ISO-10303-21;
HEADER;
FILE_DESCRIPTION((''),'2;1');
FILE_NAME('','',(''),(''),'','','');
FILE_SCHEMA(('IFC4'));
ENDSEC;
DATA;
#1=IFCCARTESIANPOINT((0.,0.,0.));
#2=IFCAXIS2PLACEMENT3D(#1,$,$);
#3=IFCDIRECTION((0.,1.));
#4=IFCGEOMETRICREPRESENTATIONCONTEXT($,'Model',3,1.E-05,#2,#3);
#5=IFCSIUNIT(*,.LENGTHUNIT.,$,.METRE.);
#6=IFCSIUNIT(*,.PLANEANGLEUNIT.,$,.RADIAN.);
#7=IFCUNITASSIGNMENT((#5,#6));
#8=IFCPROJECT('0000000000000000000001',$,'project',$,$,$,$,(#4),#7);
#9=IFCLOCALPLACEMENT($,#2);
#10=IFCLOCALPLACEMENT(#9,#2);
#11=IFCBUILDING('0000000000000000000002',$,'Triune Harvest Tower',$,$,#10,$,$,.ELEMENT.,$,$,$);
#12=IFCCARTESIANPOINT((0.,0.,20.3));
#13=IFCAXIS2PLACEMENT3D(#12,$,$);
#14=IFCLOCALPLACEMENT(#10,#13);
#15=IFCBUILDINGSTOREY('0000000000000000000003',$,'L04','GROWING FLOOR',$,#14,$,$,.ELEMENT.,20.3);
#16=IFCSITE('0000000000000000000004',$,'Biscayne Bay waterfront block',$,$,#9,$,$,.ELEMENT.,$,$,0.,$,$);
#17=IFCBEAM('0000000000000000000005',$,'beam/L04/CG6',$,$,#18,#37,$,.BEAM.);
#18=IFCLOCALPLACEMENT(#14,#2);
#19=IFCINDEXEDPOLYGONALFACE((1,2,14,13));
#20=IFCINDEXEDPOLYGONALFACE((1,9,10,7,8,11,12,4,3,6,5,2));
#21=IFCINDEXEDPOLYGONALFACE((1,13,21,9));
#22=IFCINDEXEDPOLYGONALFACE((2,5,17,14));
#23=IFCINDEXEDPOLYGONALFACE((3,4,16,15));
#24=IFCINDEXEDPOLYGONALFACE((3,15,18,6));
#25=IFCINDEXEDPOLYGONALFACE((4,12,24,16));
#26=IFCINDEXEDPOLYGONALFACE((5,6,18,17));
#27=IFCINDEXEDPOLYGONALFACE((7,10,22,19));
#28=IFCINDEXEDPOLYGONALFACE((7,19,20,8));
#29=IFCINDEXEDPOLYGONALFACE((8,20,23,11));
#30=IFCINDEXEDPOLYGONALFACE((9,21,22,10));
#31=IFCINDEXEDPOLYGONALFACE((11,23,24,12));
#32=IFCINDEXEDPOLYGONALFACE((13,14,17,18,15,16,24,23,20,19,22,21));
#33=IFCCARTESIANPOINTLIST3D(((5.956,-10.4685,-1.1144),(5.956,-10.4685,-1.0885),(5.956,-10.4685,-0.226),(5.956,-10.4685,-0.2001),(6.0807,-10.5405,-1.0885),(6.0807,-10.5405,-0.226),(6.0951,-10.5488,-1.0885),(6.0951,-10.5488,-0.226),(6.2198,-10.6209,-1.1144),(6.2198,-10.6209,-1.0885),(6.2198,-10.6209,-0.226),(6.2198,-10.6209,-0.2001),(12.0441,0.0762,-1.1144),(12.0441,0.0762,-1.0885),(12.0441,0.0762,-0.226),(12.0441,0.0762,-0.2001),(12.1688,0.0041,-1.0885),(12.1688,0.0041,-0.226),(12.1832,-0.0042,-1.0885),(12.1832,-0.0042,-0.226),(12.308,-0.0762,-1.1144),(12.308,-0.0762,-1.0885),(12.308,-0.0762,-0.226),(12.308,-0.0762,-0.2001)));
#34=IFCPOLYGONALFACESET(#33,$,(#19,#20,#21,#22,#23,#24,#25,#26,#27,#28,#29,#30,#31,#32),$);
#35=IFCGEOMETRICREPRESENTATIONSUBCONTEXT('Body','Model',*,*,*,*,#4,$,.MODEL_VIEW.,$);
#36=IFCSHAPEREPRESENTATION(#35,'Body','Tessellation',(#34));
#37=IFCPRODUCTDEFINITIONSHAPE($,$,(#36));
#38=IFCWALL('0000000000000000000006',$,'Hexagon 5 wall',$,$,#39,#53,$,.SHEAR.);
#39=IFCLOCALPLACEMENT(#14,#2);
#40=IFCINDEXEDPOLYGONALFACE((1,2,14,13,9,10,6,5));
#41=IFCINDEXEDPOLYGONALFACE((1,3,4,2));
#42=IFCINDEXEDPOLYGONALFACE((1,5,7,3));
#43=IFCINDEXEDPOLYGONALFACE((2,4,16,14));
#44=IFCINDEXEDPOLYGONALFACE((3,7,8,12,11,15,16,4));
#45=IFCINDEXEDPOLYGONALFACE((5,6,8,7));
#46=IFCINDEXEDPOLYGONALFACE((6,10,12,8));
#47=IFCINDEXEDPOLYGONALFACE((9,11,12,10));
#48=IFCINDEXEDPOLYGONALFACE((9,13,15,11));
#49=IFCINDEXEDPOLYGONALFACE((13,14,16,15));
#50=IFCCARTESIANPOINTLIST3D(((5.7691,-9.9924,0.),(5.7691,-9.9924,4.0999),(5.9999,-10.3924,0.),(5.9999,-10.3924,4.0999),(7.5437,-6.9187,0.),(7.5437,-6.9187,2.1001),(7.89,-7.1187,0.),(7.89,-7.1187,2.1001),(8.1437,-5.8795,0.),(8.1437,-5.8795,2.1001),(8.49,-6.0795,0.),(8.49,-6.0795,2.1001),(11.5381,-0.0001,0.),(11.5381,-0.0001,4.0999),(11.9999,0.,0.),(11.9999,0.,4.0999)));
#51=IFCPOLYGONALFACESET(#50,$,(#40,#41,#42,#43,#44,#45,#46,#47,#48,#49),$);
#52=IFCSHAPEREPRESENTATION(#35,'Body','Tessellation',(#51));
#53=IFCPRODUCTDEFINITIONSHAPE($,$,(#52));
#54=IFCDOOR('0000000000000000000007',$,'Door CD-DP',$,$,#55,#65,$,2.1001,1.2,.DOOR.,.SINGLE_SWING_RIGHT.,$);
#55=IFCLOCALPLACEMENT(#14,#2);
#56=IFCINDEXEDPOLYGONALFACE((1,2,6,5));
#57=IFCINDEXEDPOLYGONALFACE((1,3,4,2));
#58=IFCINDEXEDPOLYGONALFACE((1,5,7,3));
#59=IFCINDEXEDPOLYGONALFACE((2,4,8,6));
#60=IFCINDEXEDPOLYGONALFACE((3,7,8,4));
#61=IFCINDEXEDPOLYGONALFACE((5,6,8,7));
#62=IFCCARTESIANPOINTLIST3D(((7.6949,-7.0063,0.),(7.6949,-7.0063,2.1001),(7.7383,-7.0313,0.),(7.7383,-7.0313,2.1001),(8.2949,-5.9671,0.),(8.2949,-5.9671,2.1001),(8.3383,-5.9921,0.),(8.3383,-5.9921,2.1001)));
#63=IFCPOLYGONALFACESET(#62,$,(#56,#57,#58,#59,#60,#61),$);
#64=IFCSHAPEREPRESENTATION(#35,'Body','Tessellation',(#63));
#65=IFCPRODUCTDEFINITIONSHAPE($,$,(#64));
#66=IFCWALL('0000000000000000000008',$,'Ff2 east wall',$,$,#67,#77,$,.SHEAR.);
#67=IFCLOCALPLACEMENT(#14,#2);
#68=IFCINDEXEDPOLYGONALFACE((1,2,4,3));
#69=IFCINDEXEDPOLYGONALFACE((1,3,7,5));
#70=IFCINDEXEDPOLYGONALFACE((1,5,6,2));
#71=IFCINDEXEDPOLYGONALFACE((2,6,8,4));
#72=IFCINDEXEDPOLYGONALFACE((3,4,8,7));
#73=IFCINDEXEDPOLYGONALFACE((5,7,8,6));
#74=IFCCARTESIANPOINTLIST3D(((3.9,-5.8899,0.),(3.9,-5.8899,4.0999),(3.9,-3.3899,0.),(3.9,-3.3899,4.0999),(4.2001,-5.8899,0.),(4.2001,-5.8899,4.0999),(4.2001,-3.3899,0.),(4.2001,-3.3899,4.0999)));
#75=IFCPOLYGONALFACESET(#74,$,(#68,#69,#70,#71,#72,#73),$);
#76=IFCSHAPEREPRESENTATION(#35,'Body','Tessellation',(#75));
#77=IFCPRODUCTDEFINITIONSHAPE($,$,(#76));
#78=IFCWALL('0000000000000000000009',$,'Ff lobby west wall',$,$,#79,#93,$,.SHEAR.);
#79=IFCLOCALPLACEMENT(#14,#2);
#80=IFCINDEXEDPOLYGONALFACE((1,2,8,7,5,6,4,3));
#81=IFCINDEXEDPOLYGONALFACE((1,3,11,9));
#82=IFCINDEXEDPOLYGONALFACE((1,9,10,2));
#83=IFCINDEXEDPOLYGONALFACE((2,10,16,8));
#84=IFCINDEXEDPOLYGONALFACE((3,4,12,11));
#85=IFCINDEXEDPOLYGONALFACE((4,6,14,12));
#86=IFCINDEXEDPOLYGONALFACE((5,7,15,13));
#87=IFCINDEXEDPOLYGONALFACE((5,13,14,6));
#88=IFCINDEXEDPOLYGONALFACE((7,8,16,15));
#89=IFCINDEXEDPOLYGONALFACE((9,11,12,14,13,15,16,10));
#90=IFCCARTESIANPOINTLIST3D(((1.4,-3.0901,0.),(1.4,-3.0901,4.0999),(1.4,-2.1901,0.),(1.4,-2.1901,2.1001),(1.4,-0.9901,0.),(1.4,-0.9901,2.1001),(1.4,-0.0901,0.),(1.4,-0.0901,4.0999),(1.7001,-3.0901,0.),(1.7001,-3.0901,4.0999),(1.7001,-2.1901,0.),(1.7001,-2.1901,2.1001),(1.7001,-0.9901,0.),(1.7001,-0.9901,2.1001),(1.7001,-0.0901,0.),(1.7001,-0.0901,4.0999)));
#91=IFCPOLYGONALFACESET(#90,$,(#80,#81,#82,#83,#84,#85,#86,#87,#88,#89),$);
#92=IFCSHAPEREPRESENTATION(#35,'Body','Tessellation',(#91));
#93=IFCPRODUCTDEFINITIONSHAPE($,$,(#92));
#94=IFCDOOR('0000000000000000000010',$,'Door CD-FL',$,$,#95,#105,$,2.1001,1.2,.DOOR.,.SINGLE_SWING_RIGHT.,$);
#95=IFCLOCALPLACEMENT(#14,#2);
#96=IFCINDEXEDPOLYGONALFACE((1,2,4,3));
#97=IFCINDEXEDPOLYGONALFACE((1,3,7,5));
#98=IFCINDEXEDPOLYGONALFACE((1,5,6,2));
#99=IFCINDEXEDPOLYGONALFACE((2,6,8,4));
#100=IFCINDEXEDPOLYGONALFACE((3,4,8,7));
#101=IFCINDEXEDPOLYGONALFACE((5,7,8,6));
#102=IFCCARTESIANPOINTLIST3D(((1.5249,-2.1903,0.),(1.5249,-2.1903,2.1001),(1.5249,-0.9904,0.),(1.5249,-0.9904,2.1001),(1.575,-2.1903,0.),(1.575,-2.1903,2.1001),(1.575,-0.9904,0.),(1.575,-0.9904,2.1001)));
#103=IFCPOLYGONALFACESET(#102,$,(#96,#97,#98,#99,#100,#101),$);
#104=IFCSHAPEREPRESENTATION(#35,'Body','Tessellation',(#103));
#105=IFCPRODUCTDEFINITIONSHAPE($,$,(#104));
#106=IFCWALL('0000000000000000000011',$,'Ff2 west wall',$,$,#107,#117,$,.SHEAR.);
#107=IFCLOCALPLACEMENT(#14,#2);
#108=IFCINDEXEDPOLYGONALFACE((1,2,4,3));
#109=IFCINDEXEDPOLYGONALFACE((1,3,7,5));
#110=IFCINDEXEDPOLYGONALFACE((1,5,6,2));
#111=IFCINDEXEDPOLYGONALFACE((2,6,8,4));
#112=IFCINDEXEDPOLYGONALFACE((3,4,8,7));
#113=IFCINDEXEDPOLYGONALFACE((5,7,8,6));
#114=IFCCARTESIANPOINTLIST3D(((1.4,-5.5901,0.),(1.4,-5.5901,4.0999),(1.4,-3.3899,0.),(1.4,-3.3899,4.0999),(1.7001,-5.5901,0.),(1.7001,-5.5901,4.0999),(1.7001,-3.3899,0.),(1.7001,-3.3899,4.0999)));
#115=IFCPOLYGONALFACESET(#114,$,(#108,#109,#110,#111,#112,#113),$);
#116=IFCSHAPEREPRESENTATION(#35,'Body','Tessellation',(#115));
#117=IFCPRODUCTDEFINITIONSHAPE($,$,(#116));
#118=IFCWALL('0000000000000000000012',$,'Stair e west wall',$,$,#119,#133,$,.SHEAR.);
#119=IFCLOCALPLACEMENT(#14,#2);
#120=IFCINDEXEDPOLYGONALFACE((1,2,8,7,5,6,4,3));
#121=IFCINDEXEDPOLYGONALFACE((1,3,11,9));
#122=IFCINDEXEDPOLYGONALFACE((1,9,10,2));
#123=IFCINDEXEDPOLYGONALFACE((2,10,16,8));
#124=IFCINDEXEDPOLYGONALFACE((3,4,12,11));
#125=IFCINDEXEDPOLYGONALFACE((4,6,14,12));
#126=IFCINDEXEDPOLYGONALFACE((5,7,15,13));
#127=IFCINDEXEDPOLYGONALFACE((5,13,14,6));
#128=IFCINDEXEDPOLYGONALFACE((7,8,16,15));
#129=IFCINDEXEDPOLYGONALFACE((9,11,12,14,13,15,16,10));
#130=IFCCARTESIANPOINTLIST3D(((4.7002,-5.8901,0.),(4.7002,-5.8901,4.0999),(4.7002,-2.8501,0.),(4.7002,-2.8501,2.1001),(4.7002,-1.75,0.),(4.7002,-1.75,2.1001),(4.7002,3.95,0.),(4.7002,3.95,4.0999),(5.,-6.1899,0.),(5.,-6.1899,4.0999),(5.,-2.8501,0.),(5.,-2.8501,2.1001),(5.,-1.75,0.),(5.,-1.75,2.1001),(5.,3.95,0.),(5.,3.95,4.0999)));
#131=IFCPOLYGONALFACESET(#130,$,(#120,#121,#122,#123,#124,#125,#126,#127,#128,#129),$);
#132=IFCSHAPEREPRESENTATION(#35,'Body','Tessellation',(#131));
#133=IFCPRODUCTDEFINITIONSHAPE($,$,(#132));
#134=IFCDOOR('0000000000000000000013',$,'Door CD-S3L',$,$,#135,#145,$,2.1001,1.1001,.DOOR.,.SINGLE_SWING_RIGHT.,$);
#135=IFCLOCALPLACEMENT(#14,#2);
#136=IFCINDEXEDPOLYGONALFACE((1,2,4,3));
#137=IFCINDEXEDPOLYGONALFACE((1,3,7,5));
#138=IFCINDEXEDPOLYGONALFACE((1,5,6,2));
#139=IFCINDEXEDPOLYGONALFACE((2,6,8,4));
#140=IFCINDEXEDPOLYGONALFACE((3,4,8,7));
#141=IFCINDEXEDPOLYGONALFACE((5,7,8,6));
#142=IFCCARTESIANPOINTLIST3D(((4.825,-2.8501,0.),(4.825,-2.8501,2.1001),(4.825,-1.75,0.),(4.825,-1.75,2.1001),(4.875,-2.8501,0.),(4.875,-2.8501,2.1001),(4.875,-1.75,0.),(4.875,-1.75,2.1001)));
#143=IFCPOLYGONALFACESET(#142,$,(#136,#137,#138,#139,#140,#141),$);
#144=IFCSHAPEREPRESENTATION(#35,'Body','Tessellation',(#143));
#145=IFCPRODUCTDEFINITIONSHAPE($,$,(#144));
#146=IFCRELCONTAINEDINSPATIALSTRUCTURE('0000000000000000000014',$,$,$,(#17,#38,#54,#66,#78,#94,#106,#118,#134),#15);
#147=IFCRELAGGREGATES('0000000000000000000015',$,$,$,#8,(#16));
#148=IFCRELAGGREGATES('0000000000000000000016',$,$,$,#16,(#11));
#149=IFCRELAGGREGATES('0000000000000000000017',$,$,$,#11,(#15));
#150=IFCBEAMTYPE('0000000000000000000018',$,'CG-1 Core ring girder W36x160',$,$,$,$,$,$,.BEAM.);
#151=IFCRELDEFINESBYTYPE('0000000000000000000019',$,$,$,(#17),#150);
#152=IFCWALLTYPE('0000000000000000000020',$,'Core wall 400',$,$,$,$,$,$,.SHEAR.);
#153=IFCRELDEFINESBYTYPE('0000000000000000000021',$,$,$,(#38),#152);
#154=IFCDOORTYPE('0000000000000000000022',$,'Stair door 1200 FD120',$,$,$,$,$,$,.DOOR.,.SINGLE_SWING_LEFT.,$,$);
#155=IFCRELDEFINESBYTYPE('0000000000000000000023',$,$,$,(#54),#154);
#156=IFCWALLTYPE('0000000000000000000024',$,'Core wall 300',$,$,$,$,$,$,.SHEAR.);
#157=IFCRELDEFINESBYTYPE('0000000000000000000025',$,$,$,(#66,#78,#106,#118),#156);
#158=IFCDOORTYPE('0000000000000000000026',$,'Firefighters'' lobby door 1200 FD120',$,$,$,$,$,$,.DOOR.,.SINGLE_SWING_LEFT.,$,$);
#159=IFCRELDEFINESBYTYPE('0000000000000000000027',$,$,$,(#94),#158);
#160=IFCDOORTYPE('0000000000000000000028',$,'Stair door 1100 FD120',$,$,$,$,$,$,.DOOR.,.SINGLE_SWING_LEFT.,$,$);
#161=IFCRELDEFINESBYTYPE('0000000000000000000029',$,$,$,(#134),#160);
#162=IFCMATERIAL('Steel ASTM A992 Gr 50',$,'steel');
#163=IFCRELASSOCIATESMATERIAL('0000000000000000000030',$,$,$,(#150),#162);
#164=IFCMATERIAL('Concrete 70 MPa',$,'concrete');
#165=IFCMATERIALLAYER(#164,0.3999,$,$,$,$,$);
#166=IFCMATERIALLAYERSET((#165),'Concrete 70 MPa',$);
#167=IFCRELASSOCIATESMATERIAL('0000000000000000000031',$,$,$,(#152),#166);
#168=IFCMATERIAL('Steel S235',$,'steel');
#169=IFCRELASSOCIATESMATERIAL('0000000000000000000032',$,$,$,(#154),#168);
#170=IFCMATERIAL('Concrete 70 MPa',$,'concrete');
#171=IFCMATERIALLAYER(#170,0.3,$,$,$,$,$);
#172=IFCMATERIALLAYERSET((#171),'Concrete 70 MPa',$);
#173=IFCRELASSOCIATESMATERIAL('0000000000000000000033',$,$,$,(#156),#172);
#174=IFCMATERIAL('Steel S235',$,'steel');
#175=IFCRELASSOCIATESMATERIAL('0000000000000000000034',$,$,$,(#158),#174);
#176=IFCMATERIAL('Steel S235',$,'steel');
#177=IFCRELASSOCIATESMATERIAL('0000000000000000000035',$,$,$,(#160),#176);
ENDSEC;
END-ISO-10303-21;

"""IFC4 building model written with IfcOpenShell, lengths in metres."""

from ifc_helpers import new_model, si_unit, direction, frame, frame_2d, origin, origin_2d, place, context, subcontext, project, spatial, polyline, rectangle, i_section, outline, extrude, source, transform, mapped, material, layer, layer_set, material_profile, profile_set, type_object, element, fill, save


model = new_model("IFC4")

# Units and contexts
model_context = context("Model", 3, precision=1e-05, world=origin(), true_north=direction((0.0, 1.0)))
body_context = subcontext(model_context, "Body", "Model", "MODEL_VIEW")
ifc_project = project(units=[si_unit("LENGTHUNIT", "METRE"), si_unit("PLANEANGLEUNIT", "RADIAN")], contexts=[model_context])

# Site, building, storey
site_placement = place(None, origin())
site = spatial("IfcSite", under=ifc_project, at=site_placement, Name="Biscayne Bay waterfront block", CompositionType="ELEMENT", RefElevation=0.0)
building_placement = place(site_placement, origin())
building = spatial("IfcBuilding", under=site, at=building_placement, Name="Triune Harvest Tower", CompositionType="ELEMENT")
storey_placement = place(building_placement, frame((0.0, 0.0, 20.3)))
storey = spatial("IfcBuildingStorey", under=building, at=storey_placement, Name="L04", Description="GROWING FLOOR", CompositionType="ELEMENT", Elevation=20.3)

# Beam
ifc_material_1 = material(Name="Steel ASTM A992 Gr 50", Category="steel")
ifc_material_profile = material_profile(ifc_material_1, i_section(OverallWidth=0.3047, OverallDepth=0.9143, WebThickness=0.0166, FlangeThickness=0.0259, at=origin_2d()), Name="W36x160")
ifc_profile_set = profile_set([ifc_material_profile], Name="Steel ASTM A992 Gr 50")
beam_type = type_object("IfcBeamType", Name="CG-1 Core ring girder W36x160", PredefinedType="BEAM", material=ifc_profile_set)
shared_shape_1 = source(origin(), body_context, "Body", "SweptSolid", [
    extrude(i_section(OverallWidth=0.3047, OverallDepth=0.9143, WebThickness=0.0166, FlangeThickness=0.0259, at=origin_2d()), origin(), (0.0, 0.0, 1.0), 12.176),
])
beam_placement = place(storey_placement, frame((6.0879, -10.5447, -0.6572), z_axis=(0.50001, 0.86602, 0.0), x_axis=(-0.86602, 0.50001, 0.0)))
element("IfcBeam", 1, at=beam_placement, inside=storey, type_object=beam_type, Name="beam/L04/CG6", PredefinedType="BEAM", context=body_context, shape_type="MappedRepresentation", body=[
    mapped(shared_shape_1, transform((0.0, 0.0, 0.0), scale=1.0)),
])

# Wall, opening, door
ifc_material_2 = material(Name="Concrete 70 MPa", Category="concrete")
ifc_layer_1 = layer(ifc_material_2, 0.3999)
ifc_layer_set_1 = layer_set([ifc_layer_1], Name="Concrete 70 MPa")
wall_type_1 = type_object("IfcWallType", Name="Core wall 400", PredefinedType="SHEAR", material=ifc_layer_set_1)
shared_shape_2 = source(origin(), body_context, "Body", "SweptSolid", [
    extrude(outline(polyline([(-0.1155, -0.2), (11.8845, -0.2), (11.6536, 0.2), (0.1155, 0.2), (-0.1155, -0.2)])), origin(), (0.0, 0.0, 1.0), 4.0999),
])
wall_1_placement = place(storey_placement, frame((5.8845, -10.1924, 0.0), z_axis=(0.0, 0.0, 1.0), x_axis=(0.499997, 0.866027, 0.0)))
wall_1 = element("IfcWall", 2, at=wall_1_placement, inside=storey, type_object=wall_type_1, Name="Hexagon 5 wall", PredefinedType="SHEAR", context=body_context, shape_type="MappedRepresentation", body=[
    mapped(shared_shape_2, transform((0.0, 0.0, 0.0), scale=1.0)),
])
opening_1_placement = place(wall_1_placement, frame((3.6646, 0.0, 0.0)))
opening_1 = element("IfcOpeningElement", 3, at=opening_1_placement, cuts=wall_1, PredefinedType="OPENING", context=body_context, shape_type="SweptSolid", body=[
    extrude(rectangle(XDim=1.2, YDim=2.1001, at=frame_2d((0.6001, 1.05))), frame((0.0, 0.21, 0.0), z_axis=(0.0, -1.0, 0.0), x_axis=(1.0, 0.0, 0.0)), (0.0, 0.0, 1.0), 0.4199),
])
ifc_material_3 = material(Name="Steel S235", Category="steel")
door_type_1 = type_object("IfcDoorType", Name="Stair door 1200 FD120", OperationType="SINGLE_SWING_LEFT", PredefinedType="DOOR", material=ifc_material_3)
door_1_placement = place(opening_1_placement, frame((1.2, 0.0, 0.0), z_axis=(0.0, 0.0, 1.0), x_axis=(-1.0, 0.0, 0.0)))
door_1 = element("IfcDoor", 4, at=door_1_placement, inside=storey, type_object=door_type_1, Name="Door CD-DP", OperationType="SINGLE_SWING_RIGHT", OverallHeight=2.1001, OverallWidth=1.2, PredefinedType="DOOR", context=body_context, shape_type="SweptSolid", body=[
    extrude(rectangle(XDim=1.2, YDim=2.1001, at=frame_2d((0.6001, 1.05))), frame((0.0, 0.0249, 0.0), z_axis=(0.0, -1.0, 0.0), x_axis=(1.0, 0.0, 0.0)), (0.0, 0.0, 1.0), 0.05),
])
fill(opening_1, door_1)

# Wall
ifc_material_4 = material(Name="Concrete 70 MPa", Category="concrete")
ifc_layer_2 = layer(ifc_material_4, 0.3)
ifc_layer_set_2 = layer_set([ifc_layer_2], Name="Concrete 70 MPa")
wall_type_2 = type_object("IfcWallType", Name="Core wall 300", PredefinedType="SHEAR", material=ifc_layer_set_2)
shared_shape_3 = source(origin(), body_context, "Body", "SweptSolid", [
    extrude(rectangle(XDim=2.5, YDim=0.3, at=frame_2d((1.25, 0.0))), origin(), (0.0, 0.0, 1.0), 4.0999),
])
wall_2_placement = place(storey_placement, frame((4.05, -5.8899, 0.0), z_axis=(0.0, 0.0, 1.0), x_axis=(0.0, 1.0, 0.0)))
element("IfcWall", 5, at=wall_2_placement, inside=storey, type_object=wall_type_2, Name="Ff2 east wall", PredefinedType="SHEAR", context=body_context, shape_type="MappedRepresentation", body=[
    mapped(shared_shape_3, transform((0.0, 0.0, 0.0), scale=1.0)),
])

# Wall, opening, door
shared_shape_4 = source(origin(), body_context, "Body", "SweptSolid", [
    extrude(rectangle(XDim=3.0, YDim=0.3, at=frame_2d((1.5, 0.0))), origin(), (0.0, 0.0, 1.0), 4.0999),
])
wall_3_placement = place(storey_placement, frame((1.55, -3.0901, 0.0), z_axis=(0.0, 0.0, 1.0), x_axis=(0.0, 1.0, 0.0)))
wall_3 = element("IfcWall", 6, at=wall_3_placement, inside=storey, type_object=wall_type_2, Name="Ff lobby west wall", PredefinedType="SHEAR", context=body_context, shape_type="MappedRepresentation", body=[
    mapped(shared_shape_4, transform((0.0, 0.0, 0.0), scale=1.0)),
])
opening_2_placement = place(wall_3_placement, frame((0.8999, 0.0, 0.0)))
opening_2 = element("IfcOpeningElement", 7, at=opening_2_placement, cuts=wall_3, PredefinedType="OPENING", context=body_context, shape_type="SweptSolid", body=[
    extrude(rectangle(XDim=1.2, YDim=2.1001, at=frame_2d((0.6001, 1.05))), frame((0.0, 0.1602, 0.0), z_axis=(0.0, -1.0, 0.0), x_axis=(1.0, 0.0, 0.0)), (0.0, 0.0, 1.0), 0.3201),
])
ifc_material_5 = material(Name="Steel S235", Category="steel")
door_type_2 = type_object("IfcDoorType", Name="Firefighters' lobby door 1200 FD120", OperationType="SINGLE_SWING_LEFT", PredefinedType="DOOR", material=ifc_material_5)
door_2_placement = place(opening_2_placement, frame((1.2, 0.0, 0.0), z_axis=(0.0, 0.0, 1.0), x_axis=(-1.0, 0.0, 0.0)))
door_2 = element("IfcDoor", 8, at=door_2_placement, inside=storey, type_object=door_type_2, Name="Door CD-FL", OperationType="SINGLE_SWING_RIGHT", OverallHeight=2.1001, OverallWidth=1.2, PredefinedType="DOOR", context=body_context, shape_type="SweptSolid", body=[
    extrude(rectangle(XDim=1.2, YDim=2.1001, at=frame_2d((0.6001, 1.05))), frame((0.0, 0.0249, 0.0), z_axis=(0.0, -1.0, 0.0), x_axis=(1.0, 0.0, 0.0)), (0.0, 0.0, 1.0), 0.05),
])
fill(opening_2, door_2)

# Wall
shared_shape_5 = source(origin(), body_context, "Body", "SweptSolid", [
    extrude(rectangle(XDim=2.2002, YDim=0.3, at=frame_2d((1.1001, 0.0))), origin(), (0.0, 0.0, 1.0), 4.0999),
])
wall_4_placement = place(storey_placement, frame((1.55, -5.5901, 0.0), z_axis=(0.0, 0.0, 1.0), x_axis=(0.0, 1.0, 0.0)))
element("IfcWall", 9, at=wall_4_placement, inside=storey, type_object=wall_type_2, Name="Ff2 west wall", PredefinedType="SHEAR", context=body_context, shape_type="MappedRepresentation", body=[
    mapped(shared_shape_5, transform((0.0, 0.0, 0.0), scale=1.0)),
])

# Wall, opening, door
shared_shape_6 = source(origin(), body_context, "Body", "SweptSolid", [
    extrude(outline(polyline([(-0.1499, -0.1499), (9.99, -0.1499), (9.99, 0.1499), (0.1499, 0.1499), (-0.1499, -0.1499)])), origin(), (0.0, 0.0, 1.0), 4.0999),
])
wall_5_placement = place(storey_placement, frame((4.8501, -6.04, 0.0), z_axis=(0.0, 0.0, 1.0), x_axis=(0.0, 1.0, 0.0)))
wall_5 = element("IfcWall", 10, at=wall_5_placement, inside=storey, type_object=wall_type_2, Name="Stair e west wall", PredefinedType="SHEAR", context=body_context, shape_type="MappedRepresentation", body=[
    mapped(shared_shape_6, transform((0.0, 0.0, 0.0), scale=1.0)),
])
opening_3_placement = place(wall_5_placement, frame((3.1899, 0.0, 0.0)))
opening_3 = element("IfcOpeningElement", 11, at=opening_3_placement, cuts=wall_5, PredefinedType="OPENING", context=body_context, shape_type="SweptSolid", body=[
    extrude(rectangle(XDim=1.1001, YDim=2.1001, at=frame_2d((0.55, 1.05))), frame((0.0, 0.1602, 0.0), z_axis=(0.0, -1.0, 0.0), x_axis=(1.0, 0.0, 0.0)), (0.0, 0.0, 1.0), 0.3201),
])
ifc_material_6 = material(Name="Steel S235", Category="steel")
door_type_3 = type_object("IfcDoorType", Name="Stair door 1100 FD120", OperationType="SINGLE_SWING_LEFT", PredefinedType="DOOR", material=ifc_material_6)
door_3_placement = place(opening_3_placement, frame((1.1001, 0.0, 0.0), z_axis=(0.0, 0.0, 1.0), x_axis=(-1.0, 0.0, 0.0)))
door_3 = element("IfcDoor", 12, at=door_3_placement, inside=storey, type_object=door_type_3, Name="Door CD-S3L", OperationType="SINGLE_SWING_RIGHT", OverallHeight=2.1001, OverallWidth=1.1001, PredefinedType="DOOR", context=body_context, shape_type="SweptSolid", body=[
    extrude(rectangle(XDim=1.1001, YDim=2.1001, at=frame_2d((0.55, 1.05))), frame((0.0, 0.0249, 0.0), z_axis=(0.0, -1.0, 0.0), x_axis=(1.0, 0.0, 0.0)), (0.0, 0.0, 1.0), 0.05),
])
fill(opening_3, door_3)

save(model, "model.ifc")
